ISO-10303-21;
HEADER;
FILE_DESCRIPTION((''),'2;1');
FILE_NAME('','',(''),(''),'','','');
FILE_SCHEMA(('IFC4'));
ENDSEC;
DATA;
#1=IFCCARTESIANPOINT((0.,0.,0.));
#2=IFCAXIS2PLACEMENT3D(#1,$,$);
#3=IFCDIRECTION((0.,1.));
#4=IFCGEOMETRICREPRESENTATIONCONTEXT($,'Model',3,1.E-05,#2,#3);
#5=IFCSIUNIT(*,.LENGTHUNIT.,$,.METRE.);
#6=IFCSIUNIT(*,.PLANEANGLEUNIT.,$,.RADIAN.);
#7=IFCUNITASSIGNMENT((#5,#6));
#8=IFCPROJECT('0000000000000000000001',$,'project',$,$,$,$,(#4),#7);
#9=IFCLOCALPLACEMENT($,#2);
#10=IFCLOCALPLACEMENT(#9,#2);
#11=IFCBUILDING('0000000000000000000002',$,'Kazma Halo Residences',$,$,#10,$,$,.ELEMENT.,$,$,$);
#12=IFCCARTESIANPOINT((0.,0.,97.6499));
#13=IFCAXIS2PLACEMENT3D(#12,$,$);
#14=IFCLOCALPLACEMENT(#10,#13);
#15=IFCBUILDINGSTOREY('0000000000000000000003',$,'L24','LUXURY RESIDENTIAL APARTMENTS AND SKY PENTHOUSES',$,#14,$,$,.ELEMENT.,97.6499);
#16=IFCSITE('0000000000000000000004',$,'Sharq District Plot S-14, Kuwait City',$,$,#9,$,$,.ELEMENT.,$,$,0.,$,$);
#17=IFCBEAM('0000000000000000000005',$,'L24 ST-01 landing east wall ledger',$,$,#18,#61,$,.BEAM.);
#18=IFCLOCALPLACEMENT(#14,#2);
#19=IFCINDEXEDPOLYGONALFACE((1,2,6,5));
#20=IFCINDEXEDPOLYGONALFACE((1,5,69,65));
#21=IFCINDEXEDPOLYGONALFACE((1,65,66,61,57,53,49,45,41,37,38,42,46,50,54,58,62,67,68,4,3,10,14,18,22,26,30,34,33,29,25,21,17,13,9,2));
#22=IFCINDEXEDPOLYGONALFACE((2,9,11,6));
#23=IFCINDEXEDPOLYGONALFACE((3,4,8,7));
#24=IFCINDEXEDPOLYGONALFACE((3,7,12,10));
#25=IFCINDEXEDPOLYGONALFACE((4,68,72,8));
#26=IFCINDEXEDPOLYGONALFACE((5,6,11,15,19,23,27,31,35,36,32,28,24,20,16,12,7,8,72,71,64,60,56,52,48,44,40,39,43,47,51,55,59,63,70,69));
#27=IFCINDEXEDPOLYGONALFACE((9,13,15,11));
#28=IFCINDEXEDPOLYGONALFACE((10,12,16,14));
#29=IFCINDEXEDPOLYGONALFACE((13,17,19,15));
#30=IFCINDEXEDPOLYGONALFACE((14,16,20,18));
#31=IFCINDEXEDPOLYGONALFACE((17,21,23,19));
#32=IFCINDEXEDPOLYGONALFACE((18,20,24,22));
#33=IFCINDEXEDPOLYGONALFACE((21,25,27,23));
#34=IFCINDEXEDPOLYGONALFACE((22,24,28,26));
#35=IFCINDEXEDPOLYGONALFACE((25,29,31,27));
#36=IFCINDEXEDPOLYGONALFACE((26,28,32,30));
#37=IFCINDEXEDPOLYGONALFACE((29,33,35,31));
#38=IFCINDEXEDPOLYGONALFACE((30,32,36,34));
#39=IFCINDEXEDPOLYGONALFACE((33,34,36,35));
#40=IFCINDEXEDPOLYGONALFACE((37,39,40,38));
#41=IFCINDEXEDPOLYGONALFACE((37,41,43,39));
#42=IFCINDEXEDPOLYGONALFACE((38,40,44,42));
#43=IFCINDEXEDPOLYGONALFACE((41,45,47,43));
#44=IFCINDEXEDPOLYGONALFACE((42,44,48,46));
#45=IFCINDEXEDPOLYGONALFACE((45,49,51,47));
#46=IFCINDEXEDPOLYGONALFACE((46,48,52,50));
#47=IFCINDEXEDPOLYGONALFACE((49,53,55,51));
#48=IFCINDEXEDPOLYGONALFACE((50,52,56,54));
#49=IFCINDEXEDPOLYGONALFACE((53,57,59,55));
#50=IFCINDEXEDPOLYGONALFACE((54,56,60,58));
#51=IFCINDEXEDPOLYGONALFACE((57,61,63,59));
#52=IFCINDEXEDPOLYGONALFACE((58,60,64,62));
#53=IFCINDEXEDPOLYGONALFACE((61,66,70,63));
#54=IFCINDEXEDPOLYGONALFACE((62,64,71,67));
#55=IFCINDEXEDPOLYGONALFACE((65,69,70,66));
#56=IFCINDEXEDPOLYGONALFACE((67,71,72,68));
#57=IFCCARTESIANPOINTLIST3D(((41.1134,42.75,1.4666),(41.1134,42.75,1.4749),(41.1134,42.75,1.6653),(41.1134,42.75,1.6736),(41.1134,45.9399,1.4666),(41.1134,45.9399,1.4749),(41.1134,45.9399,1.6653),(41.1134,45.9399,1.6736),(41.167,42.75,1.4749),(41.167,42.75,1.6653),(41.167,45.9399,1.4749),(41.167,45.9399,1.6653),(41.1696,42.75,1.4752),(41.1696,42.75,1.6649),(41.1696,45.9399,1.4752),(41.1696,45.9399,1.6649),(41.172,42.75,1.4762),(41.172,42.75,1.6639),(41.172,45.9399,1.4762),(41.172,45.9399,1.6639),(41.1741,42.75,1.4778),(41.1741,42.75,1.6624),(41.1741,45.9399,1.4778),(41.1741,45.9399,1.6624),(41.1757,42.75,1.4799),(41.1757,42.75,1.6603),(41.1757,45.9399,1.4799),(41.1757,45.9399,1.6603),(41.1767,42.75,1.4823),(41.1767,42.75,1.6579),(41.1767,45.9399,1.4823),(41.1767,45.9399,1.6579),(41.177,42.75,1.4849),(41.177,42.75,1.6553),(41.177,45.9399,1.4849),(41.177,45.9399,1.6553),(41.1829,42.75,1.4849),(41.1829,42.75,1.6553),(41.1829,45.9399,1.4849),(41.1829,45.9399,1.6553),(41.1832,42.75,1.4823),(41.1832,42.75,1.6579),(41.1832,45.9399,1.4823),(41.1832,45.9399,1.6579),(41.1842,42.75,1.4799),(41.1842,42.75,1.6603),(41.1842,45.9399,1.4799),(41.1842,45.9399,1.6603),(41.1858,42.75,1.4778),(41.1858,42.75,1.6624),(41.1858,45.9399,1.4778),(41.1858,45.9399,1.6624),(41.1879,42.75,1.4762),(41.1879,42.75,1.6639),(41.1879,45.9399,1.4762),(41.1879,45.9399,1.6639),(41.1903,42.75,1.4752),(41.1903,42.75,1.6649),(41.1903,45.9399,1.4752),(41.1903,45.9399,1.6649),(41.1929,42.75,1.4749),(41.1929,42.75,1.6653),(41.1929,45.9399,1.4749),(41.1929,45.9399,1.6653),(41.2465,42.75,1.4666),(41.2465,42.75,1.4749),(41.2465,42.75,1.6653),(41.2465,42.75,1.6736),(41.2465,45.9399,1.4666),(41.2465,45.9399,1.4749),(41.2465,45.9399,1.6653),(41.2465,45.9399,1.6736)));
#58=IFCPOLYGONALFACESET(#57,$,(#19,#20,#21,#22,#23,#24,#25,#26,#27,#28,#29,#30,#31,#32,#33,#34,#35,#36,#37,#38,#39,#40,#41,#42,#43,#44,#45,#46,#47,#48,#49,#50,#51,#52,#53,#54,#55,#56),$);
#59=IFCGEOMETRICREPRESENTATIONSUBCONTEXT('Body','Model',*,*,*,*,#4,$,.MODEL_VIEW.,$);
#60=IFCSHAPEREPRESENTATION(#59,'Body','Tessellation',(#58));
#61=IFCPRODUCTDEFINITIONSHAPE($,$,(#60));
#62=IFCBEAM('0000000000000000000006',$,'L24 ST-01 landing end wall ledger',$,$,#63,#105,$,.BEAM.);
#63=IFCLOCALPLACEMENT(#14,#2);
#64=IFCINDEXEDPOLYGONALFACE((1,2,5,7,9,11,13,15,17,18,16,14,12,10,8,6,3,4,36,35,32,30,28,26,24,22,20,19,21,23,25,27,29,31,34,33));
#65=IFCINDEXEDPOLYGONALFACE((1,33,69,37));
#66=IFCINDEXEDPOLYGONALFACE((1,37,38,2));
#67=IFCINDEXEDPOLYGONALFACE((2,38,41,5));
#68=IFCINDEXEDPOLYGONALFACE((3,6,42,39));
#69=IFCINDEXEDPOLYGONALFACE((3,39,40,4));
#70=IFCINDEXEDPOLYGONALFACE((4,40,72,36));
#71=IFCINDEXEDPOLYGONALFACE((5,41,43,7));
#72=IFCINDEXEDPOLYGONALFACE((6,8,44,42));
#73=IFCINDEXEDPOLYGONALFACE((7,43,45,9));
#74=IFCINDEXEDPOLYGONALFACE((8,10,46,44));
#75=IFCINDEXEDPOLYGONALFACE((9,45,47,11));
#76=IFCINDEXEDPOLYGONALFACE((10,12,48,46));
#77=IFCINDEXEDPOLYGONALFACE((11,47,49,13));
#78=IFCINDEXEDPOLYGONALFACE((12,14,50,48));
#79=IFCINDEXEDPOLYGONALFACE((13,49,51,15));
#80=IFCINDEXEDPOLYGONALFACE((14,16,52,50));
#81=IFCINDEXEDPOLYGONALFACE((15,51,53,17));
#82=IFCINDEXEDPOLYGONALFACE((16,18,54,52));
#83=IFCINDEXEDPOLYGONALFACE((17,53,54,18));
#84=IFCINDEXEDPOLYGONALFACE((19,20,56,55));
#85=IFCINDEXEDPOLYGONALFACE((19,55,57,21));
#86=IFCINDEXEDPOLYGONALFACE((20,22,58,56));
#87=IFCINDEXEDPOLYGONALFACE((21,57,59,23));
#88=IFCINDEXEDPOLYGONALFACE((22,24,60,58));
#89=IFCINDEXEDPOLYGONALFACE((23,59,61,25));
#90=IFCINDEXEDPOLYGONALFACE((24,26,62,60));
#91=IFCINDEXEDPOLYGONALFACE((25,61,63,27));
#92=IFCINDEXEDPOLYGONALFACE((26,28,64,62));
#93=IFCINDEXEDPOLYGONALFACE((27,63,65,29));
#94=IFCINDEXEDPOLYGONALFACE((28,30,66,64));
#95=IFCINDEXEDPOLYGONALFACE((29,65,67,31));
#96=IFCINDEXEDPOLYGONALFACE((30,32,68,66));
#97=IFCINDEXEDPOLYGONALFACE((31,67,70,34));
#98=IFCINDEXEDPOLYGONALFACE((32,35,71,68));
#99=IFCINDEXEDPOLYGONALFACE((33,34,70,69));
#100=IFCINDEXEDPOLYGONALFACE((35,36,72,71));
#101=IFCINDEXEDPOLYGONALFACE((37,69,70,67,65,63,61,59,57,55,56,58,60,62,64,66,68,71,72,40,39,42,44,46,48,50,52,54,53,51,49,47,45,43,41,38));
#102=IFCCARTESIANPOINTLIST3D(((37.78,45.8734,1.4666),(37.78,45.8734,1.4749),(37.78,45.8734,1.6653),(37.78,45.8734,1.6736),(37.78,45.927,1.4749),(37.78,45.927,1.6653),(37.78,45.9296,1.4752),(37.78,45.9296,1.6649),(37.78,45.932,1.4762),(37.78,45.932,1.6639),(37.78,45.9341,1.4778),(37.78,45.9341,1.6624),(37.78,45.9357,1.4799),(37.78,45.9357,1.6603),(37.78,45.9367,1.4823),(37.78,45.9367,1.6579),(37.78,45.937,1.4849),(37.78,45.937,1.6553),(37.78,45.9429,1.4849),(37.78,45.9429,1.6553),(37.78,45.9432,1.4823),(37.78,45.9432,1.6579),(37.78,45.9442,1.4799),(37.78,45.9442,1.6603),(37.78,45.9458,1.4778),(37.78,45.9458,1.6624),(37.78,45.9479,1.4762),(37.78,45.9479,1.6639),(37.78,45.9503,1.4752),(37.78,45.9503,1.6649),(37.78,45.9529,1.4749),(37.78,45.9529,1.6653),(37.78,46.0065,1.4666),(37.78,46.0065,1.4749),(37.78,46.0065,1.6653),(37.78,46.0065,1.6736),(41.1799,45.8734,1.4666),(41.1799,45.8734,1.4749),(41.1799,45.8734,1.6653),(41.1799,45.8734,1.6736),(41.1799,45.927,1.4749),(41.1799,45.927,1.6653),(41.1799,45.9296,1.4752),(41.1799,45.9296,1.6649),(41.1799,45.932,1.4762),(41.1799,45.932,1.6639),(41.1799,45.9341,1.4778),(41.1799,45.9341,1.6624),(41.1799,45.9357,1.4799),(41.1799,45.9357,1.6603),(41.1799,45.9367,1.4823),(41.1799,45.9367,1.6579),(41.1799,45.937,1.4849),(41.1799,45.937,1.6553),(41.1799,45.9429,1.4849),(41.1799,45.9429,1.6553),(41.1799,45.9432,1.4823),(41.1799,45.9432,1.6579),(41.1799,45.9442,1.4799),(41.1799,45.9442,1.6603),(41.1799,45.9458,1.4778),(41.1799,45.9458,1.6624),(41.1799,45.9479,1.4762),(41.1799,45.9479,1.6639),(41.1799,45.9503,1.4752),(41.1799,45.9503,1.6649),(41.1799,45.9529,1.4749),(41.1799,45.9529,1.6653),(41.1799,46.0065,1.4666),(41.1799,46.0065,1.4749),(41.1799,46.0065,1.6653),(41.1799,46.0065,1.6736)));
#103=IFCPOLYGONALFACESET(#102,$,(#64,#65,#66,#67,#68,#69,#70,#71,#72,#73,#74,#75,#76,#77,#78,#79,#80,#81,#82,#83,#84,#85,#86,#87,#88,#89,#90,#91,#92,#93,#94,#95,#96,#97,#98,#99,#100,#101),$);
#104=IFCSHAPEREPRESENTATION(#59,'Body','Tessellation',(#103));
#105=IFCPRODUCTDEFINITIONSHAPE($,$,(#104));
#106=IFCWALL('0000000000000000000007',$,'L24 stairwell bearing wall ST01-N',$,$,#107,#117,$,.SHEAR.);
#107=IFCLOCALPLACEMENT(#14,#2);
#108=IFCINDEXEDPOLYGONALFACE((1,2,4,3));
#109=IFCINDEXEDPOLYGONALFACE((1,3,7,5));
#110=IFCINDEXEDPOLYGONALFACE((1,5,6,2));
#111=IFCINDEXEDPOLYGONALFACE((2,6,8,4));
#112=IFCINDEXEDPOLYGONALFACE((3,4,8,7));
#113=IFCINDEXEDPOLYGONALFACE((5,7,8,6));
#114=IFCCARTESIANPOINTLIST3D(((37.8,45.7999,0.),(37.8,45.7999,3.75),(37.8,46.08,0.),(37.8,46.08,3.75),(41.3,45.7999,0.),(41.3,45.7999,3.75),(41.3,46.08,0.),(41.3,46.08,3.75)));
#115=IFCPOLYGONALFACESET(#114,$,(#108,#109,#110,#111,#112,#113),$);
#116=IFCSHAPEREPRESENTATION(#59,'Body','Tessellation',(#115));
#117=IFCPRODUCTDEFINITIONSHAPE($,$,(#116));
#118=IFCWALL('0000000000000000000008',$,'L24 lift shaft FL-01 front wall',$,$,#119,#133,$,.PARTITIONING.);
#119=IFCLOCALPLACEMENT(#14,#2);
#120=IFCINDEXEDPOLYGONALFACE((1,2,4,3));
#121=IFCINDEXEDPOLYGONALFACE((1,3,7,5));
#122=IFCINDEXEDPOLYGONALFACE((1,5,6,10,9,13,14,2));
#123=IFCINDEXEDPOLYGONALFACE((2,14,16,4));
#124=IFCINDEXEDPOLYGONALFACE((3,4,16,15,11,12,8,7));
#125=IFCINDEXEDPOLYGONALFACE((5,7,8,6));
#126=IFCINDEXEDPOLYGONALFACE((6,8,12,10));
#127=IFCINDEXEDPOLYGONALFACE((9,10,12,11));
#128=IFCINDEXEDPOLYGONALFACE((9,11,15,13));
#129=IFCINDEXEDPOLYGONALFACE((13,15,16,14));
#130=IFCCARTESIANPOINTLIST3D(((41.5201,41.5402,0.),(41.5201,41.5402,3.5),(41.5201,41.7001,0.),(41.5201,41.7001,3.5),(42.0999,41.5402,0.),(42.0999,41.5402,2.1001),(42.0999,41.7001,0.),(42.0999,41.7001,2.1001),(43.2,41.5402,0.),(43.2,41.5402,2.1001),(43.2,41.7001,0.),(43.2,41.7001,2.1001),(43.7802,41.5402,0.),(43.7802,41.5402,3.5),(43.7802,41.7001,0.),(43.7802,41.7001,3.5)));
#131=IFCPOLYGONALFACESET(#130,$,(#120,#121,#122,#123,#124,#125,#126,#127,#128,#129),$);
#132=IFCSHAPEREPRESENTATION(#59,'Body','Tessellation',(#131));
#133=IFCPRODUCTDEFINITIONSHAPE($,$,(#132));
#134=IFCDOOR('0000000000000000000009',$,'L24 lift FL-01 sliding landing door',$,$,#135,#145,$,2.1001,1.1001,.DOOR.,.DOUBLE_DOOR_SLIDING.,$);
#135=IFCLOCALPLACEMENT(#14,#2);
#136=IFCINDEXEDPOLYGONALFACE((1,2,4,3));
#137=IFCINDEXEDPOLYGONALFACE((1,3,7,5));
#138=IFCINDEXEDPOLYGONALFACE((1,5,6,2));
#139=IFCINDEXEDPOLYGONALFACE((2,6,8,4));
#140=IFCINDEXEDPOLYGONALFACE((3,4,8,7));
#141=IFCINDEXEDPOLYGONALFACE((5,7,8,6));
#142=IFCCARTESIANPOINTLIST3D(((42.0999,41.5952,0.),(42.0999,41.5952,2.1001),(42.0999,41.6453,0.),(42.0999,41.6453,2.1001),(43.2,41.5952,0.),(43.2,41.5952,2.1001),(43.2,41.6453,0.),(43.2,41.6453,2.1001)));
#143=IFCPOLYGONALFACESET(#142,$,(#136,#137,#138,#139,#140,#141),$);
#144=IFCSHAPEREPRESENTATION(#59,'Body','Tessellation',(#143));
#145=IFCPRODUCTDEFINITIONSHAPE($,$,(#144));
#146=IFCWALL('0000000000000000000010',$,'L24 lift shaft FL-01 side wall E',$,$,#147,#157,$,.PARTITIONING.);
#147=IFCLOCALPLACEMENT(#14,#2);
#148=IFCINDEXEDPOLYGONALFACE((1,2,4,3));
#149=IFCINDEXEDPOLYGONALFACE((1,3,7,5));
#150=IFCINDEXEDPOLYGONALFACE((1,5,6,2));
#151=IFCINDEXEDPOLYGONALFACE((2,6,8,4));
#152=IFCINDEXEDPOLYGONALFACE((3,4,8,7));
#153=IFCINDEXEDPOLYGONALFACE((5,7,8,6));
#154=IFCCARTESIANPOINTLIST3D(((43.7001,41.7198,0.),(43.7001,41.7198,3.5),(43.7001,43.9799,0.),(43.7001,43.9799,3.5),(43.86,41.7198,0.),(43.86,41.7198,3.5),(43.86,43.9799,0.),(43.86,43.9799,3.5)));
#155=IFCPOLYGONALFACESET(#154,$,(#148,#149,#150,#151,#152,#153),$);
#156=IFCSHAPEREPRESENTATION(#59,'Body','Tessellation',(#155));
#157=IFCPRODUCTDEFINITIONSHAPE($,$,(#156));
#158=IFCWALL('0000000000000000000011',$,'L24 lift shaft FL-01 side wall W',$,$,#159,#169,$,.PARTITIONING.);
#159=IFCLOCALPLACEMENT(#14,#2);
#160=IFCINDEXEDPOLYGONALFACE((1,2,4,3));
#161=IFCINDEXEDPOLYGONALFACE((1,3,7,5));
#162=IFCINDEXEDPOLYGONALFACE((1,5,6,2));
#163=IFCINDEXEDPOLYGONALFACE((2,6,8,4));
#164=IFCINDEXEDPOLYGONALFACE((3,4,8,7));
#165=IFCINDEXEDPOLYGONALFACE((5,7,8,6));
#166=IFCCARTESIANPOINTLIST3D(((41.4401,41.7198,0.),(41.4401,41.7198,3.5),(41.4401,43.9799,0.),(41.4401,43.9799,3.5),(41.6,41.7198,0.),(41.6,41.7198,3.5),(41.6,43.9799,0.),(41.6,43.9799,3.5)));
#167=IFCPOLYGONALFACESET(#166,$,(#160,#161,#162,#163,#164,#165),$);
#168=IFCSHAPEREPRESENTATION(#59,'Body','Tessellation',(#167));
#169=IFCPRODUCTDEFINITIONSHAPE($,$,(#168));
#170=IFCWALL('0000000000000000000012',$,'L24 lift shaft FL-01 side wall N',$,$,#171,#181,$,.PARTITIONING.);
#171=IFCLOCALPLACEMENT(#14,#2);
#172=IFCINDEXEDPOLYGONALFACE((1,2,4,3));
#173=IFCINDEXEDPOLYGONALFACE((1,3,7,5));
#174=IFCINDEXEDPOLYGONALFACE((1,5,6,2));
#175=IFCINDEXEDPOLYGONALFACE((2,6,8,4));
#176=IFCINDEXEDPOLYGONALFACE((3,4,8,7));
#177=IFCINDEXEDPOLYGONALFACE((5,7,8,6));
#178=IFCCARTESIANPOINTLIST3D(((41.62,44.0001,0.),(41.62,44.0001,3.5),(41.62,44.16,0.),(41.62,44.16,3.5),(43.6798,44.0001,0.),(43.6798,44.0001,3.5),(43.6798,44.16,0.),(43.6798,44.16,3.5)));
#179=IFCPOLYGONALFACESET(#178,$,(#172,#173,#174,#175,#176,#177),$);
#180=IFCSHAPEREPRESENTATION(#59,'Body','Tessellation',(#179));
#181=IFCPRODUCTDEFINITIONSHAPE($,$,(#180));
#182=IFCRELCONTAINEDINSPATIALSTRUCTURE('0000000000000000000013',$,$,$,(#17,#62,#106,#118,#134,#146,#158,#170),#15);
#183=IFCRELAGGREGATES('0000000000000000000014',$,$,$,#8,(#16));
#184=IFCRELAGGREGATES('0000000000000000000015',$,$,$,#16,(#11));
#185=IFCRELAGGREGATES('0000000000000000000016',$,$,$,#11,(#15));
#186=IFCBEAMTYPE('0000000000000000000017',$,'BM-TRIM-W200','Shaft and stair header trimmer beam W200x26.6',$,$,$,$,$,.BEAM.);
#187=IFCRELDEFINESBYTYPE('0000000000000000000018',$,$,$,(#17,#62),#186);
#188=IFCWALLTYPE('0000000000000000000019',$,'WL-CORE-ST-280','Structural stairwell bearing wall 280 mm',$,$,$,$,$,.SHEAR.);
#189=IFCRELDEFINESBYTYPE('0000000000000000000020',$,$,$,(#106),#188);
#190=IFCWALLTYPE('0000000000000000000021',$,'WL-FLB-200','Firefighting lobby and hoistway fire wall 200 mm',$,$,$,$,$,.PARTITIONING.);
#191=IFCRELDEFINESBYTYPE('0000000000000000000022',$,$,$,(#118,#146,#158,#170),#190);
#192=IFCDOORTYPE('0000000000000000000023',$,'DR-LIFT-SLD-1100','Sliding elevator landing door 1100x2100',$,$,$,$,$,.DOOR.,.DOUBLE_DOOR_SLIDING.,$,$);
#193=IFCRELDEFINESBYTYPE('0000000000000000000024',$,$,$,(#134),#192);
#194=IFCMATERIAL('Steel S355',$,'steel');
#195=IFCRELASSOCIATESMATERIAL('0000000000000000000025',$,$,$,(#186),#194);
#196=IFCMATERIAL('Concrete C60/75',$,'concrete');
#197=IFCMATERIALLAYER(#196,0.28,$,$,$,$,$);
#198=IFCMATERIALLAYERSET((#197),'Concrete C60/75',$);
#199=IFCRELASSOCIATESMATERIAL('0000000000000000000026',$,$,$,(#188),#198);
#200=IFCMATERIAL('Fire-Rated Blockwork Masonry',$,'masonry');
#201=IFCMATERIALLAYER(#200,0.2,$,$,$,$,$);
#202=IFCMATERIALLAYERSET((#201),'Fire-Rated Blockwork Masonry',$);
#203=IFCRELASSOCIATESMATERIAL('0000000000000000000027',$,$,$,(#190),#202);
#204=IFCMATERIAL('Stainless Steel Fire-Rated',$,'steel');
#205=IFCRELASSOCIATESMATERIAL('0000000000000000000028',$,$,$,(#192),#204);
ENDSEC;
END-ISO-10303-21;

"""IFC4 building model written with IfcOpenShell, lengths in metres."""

from ifc_helpers import new_model, si_unit, direction, frame, frame_2d, origin, origin_2d, place, context, subcontext, project, spatial, rectangle, i_section, extrude, material, layer, layer_set, material_profile, profile_set, type_object, element, fill, save


model = new_model("IFC4")

# Units and contexts
model_context = context("Model", 3, precision=1e-05, world=origin(), true_north=direction((0.0, 1.0)))
body_context = subcontext(model_context, "Body", "Model", "MODEL_VIEW")
ifc_project = project(units=[si_unit("LENGTHUNIT", "METRE"), si_unit("PLANEANGLEUNIT", "RADIAN")], contexts=[model_context])

# Site, building, storey
site_placement = place(None, origin())
site = spatial("IfcSite", under=ifc_project, at=site_placement, Name="Sharq District Plot S-14, Kuwait City", CompositionType="ELEMENT", RefElevation=0.0)
building_placement = place(site_placement, origin())
building = spatial("IfcBuilding", under=site, at=building_placement, Name="Kazma Halo Residences", CompositionType="ELEMENT")
storey_placement = place(building_placement, frame((0.0, 0.0, 97.6499)))
storey = spatial("IfcBuildingStorey", under=building, at=storey_placement, Name="L24", Description="LUXURY RESIDENTIAL APARTMENTS AND SKY PENTHOUSES", CompositionType="ELEMENT", Elevation=97.6499)

# Shared definitions
ifc_material_1 = material(Name="Steel S355", Category="steel")

# Beams
ifc_material_profile_1 = material_profile(ifc_material_1, i_section(OverallWidth=0.1331, OverallDepth=0.207, WebThickness=0.0059, FlangeThickness=0.0083, FilletRadius=0.01, at=origin_2d()), Name="W200x26.6")
ifc_profile_set_1 = profile_set([ifc_material_profile_1], Name="Steel S355")
beam_type_1 = type_object("IfcBeamType", Name="BM-TRIM-W200", Description="Shaft and stair header trimmer beam W200x26.6", PredefinedType="BEAM", material=ifc_profile_set_1)
beam_1_placement = place(storey_placement, frame((41.1799, 42.75, 1.5701), z_axis=(0.0, 1.0, 0.0), x_axis=(-1.0, 0.0, 0.0)))
element("IfcBeam", 1, at=beam_1_placement, inside=storey, type_object=beam_type_1, Name="L24 ST-01 landing east wall ledger", PredefinedType="BEAM", context=body_context, shape_type="SweptSolid", body=[
    extrude(i_section(OverallWidth=0.1331, OverallDepth=0.207, WebThickness=0.0059, FlangeThickness=0.0083, FilletRadius=0.01, at=origin_2d()), origin(), (0.0, 0.0, 1.0), 3.1899),
])
beam_2_placement = place(storey_placement, frame((37.78, 45.9399, 1.5701), z_axis=(1.0, 0.0, 0.0), x_axis=(0.0, 1.0, 0.0)))
element("IfcBeam", 2, at=beam_2_placement, inside=storey, type_object=beam_type_1, Name="L24 ST-01 landing end wall ledger", PredefinedType="BEAM", context=body_context, shape_type="SweptSolid", body=[
    extrude(i_section(OverallWidth=0.1331, OverallDepth=0.207, WebThickness=0.0059, FlangeThickness=0.0083, FilletRadius=0.01, at=origin_2d()), origin(), (0.0, 0.0, 1.0), 3.3999),
])

# Wall
ifc_material_2 = material(Name="Concrete C60/75", Category="concrete")
ifc_layer_1 = layer(ifc_material_2, 0.28)
ifc_layer_set_1 = layer_set([ifc_layer_1], Name="Concrete C60/75")
wall_type_1 = type_object("IfcWallType", Name="WL-CORE-ST-280", Description="Structural stairwell bearing wall 280 mm", PredefinedType="SHEAR", material=ifc_layer_set_1)
wall_1_placement = place(storey_placement, frame((37.8, 45.9399, 0.0), z_axis=(0.0, 0.0, 1.0), x_axis=(1.0, 0.0, 0.0)))
element("IfcWall", 3, at=wall_1_placement, inside=storey, type_object=wall_type_1, Name="L24 stairwell bearing wall ST01-N", PredefinedType="SHEAR", context=body_context, shape_type="SweptSolid", body=[
    extrude(rectangle(XDim=3.5, YDim=0.28, at=frame_2d((1.75, 0.0))), origin(), (0.0, 0.0, 1.0), 3.75),
])

# Wall, opening, door
ifc_material_3 = material(Name="Fire-Rated Blockwork Masonry", Category="masonry")
ifc_layer_2 = layer(ifc_material_3, 0.2)
ifc_layer_set_2 = layer_set([ifc_layer_2], Name="Fire-Rated Blockwork Masonry")
wall_type_2 = type_object("IfcWallType", Name="WL-FLB-200", Description="Firefighting lobby and hoistway fire wall 200 mm", PredefinedType="PARTITIONING", material=ifc_layer_set_2)
wall_2_placement = place(storey_placement, frame((43.78, 41.6201, 0.0), z_axis=(0.0, 0.0, 1.0), x_axis=(-1.0, 0.0, 0.0)))
wall_2 = element("IfcWall", 4, at=wall_2_placement, inside=storey, type_object=wall_type_2, Name="L24 lift shaft FL-01 front wall", PredefinedType="PARTITIONING", context=body_context, shape_type="SweptSolid", body=[
    extrude(rectangle(XDim=2.26, YDim=0.1599, at=frame_2d((1.1299, 0.0))), origin(), (0.0, 0.0, 1.0), 3.5),
])
opening_1_placement = place(wall_2_placement, frame((0.5801, 0.0, 0.0)))
opening_1 = element("IfcOpeningElement", 5, at=opening_1_placement, cuts=wall_2, PredefinedType="OPENING", context=body_context, shape_type="SweptSolid", body=[
    extrude(rectangle(XDim=1.1001, YDim=2.1001, at=frame_2d((0.55, 1.05))), frame((0.0, 0.0898, 0.0), z_axis=(0.0, -1.0, 0.0), x_axis=(1.0, 0.0, 0.0)), (0.0, 0.0, 1.0), 0.1799),
])
ifc_material_4 = material(Name="Stainless Steel Fire-Rated", Category="steel")
door_type_1 = type_object("IfcDoorType", Name="DR-LIFT-SLD-1100", Description="Sliding elevator landing door 1100x2100", OperationType="DOUBLE_DOOR_SLIDING", PredefinedType="DOOR", material=ifc_material_4)
door_1_placement = place(opening_1_placement, origin())
door_1 = element("IfcDoor", 6, at=door_1_placement, inside=storey, type_object=door_type_1, Name="L24 lift FL-01 sliding landing door", OperationType="DOUBLE_DOOR_SLIDING", OverallHeight=2.1001, OverallWidth=1.1001, PredefinedType="DOOR", context=body_context, shape_type="SweptSolid", body=[
    extrude(rectangle(XDim=1.1001, YDim=2.1001, at=frame_2d((0.55, 1.05))), frame((0.0, 0.0249, 0.0), z_axis=(0.0, -1.0, 0.0), x_axis=(1.0, 0.0, 0.0)), (0.0, 0.0, 1.0), 0.05),
])
fill(opening_1, door_1)

# Walls
for number, where, z_axis, x_axis, name in (
    (7, (43.78, 41.72, 0.0), (0.0, 0.0, 1.0), (0.0, 1.0, 0.0), "L24 lift shaft FL-01 side wall E"),
    (8, (41.52, 41.72, 0.0), (0.0, 0.0, 1.0), (0.0, 1.0, 0.0), "L24 lift shaft FL-01 side wall W"),
):
    element("IfcWall", number, at=place(storey_placement, frame(where, z_axis=z_axis, x_axis=x_axis)), inside=storey, type_object=wall_type_2, Name=name, PredefinedType="PARTITIONING", context=body_context, shape_type="SweptSolid", body=[
        extrude(rectangle(XDim=2.26, YDim=0.1599, at=frame_2d((1.1299, 0.0))), origin(), (0.0, 0.0, 1.0), 3.5),
    ])
wall_3_placement = place(storey_placement, frame((41.6201, 44.0801, 0.0), z_axis=(0.0, 0.0, 1.0), x_axis=(1.0, 0.0, 0.0)))
element("IfcWall", 9, at=wall_3_placement, inside=storey, type_object=wall_type_2, Name="L24 lift shaft FL-01 side wall N", PredefinedType="PARTITIONING", context=body_context, shape_type="SweptSolid", body=[
    extrude(rectangle(XDim=2.0598, YDim=0.1599, at=frame_2d((1.0298, 0.0))), origin(), (0.0, 0.0, 1.0), 3.5),
])

save(model, "model.ifc")
